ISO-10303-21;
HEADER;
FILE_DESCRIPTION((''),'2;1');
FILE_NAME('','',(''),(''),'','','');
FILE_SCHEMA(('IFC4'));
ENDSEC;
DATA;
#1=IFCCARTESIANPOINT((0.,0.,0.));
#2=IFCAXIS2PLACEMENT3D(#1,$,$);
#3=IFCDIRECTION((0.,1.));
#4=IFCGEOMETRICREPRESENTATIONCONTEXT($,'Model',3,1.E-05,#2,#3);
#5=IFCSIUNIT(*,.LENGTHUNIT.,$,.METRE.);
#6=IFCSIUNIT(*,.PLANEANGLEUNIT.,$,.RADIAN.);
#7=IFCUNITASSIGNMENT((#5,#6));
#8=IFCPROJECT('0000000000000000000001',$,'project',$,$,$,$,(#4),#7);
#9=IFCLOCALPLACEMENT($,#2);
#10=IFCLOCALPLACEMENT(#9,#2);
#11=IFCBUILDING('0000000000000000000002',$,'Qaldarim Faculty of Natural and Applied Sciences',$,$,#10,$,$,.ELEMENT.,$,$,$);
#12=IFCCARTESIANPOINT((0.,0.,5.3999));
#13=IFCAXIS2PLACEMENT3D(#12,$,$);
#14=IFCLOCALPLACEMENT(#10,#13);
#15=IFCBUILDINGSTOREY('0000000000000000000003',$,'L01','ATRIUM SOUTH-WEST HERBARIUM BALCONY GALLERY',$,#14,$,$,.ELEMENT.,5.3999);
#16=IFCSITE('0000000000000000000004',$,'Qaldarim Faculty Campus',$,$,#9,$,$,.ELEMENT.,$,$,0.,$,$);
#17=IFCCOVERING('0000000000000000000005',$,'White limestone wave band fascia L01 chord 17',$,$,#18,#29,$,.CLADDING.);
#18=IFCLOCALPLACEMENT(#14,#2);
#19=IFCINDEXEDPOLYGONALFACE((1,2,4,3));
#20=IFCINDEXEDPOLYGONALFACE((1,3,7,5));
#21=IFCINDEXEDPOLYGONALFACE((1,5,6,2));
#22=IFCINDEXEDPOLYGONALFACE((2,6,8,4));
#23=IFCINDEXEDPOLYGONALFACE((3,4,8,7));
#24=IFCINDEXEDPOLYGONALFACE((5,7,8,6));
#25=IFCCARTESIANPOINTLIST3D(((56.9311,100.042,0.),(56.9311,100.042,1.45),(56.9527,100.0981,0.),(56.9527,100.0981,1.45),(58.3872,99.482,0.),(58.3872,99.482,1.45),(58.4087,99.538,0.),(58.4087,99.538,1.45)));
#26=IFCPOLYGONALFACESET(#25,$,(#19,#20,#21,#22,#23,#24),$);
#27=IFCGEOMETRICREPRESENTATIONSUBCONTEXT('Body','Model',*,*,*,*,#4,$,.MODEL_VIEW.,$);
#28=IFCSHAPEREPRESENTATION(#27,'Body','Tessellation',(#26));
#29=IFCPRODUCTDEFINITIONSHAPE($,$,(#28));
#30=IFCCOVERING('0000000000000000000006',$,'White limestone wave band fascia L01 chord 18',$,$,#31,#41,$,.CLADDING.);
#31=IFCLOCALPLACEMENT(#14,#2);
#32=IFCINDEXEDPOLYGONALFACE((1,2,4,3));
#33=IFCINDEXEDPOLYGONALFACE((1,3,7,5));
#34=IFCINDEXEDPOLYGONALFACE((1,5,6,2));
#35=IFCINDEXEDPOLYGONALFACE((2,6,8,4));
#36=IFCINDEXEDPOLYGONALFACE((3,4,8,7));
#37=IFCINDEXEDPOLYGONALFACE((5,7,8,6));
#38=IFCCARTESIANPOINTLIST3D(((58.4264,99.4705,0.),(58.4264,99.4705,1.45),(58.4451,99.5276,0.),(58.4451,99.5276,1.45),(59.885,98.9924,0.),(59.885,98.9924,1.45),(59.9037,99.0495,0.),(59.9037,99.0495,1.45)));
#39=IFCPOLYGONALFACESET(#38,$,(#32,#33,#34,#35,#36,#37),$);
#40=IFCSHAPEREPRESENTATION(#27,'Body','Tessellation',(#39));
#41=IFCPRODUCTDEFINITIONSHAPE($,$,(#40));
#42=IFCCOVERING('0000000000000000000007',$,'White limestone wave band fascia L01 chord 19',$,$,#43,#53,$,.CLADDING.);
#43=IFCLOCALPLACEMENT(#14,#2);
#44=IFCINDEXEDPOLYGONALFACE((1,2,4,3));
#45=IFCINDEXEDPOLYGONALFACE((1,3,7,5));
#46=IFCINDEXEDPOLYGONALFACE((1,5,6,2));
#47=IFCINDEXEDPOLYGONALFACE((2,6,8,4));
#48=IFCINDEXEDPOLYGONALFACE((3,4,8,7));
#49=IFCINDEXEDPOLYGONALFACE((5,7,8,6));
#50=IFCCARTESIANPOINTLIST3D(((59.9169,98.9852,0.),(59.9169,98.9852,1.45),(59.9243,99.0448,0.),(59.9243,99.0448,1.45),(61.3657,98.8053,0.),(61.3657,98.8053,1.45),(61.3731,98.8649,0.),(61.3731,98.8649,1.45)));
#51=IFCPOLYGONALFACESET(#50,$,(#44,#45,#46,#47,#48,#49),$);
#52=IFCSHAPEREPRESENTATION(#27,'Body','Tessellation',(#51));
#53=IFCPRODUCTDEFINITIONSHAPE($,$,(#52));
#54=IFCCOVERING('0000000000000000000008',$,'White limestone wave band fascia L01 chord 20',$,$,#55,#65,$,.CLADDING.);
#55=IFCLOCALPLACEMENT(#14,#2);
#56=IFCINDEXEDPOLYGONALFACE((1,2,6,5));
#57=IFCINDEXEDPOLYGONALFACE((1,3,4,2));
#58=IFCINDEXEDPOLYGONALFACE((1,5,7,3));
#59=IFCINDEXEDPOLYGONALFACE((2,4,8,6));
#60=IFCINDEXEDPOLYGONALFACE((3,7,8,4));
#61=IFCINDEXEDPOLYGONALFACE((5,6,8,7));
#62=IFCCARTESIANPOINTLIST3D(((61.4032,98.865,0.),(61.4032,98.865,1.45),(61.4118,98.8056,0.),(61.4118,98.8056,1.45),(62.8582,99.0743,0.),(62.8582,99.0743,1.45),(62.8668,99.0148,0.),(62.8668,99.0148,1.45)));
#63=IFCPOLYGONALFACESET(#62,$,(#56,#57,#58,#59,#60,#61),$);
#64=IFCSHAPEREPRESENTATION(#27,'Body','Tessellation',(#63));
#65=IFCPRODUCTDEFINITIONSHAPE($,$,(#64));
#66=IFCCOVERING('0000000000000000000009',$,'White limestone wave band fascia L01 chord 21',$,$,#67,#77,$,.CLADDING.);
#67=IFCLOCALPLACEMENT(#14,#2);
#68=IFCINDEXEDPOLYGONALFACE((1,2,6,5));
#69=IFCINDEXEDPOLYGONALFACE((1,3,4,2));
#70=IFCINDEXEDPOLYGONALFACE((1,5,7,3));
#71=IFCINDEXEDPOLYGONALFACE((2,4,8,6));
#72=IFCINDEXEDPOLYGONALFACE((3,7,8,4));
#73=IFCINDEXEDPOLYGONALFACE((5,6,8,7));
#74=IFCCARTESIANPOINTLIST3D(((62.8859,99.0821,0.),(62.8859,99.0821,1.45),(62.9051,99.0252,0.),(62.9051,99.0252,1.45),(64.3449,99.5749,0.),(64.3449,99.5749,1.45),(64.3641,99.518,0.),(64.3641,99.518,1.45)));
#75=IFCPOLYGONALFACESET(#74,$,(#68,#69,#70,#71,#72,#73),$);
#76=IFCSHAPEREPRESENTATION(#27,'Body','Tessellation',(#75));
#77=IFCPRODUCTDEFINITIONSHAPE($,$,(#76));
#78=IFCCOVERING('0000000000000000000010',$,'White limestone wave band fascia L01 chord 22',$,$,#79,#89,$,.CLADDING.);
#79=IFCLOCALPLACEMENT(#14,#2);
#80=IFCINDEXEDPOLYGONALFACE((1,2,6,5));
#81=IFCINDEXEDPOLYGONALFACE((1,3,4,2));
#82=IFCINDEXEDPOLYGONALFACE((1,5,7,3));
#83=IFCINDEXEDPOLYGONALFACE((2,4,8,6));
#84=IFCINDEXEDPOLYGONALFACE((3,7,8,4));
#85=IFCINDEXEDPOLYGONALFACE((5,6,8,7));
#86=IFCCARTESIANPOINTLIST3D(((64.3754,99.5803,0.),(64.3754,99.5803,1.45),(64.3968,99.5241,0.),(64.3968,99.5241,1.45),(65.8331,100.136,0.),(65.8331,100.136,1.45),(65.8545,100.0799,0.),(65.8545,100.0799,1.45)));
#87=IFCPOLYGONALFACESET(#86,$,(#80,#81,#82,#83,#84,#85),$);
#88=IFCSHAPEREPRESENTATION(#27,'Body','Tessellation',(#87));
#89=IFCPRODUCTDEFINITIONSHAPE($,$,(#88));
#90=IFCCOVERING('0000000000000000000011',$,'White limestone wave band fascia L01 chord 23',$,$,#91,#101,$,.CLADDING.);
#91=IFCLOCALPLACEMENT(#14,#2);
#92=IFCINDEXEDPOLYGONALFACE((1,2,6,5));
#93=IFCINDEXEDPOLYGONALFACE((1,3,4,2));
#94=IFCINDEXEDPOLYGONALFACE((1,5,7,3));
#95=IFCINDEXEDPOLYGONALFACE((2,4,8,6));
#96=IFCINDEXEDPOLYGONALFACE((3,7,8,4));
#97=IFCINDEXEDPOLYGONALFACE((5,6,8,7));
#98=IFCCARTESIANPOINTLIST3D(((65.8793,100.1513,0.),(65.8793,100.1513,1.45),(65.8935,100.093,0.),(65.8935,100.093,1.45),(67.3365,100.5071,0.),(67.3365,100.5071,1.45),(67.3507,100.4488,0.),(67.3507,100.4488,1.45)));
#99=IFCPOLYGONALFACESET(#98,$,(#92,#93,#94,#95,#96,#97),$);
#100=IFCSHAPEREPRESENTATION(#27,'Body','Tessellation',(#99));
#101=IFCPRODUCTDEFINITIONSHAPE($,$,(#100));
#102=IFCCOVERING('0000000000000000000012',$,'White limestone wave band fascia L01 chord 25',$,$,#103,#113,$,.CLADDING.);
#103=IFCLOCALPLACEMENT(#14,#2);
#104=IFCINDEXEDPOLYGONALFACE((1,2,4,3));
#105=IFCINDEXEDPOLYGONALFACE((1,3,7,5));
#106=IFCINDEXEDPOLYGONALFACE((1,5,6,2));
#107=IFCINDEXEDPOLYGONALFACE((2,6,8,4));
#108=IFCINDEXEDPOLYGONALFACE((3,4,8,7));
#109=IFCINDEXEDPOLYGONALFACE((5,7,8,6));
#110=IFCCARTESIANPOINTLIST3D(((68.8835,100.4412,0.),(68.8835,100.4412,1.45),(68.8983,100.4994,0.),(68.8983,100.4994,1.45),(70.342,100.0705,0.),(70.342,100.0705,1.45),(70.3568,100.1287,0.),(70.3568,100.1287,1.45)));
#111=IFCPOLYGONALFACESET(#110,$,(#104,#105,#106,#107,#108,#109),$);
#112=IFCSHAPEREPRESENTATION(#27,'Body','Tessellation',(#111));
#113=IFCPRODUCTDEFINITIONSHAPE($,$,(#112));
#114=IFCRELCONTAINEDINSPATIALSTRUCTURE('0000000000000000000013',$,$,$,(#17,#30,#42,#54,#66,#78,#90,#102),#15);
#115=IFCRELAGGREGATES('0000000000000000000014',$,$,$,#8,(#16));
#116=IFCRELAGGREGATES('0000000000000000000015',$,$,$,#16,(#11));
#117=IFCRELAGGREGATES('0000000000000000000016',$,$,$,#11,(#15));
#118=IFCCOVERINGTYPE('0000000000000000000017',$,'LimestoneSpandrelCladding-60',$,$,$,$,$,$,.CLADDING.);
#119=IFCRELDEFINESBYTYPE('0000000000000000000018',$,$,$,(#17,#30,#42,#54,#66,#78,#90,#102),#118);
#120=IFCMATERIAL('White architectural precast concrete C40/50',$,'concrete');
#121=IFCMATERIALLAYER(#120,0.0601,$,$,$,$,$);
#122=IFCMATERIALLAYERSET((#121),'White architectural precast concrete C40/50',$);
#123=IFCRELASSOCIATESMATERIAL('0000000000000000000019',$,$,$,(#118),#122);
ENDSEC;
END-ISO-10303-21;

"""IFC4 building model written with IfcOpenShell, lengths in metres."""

from ifc_helpers import new_model, si_unit, direction, frame, origin, origin_2d, place, context, subcontext, project, spatial, rectangle, extrude, material, layer, layer_set, type_object, element, save


model = new_model("IFC4")

# Units and contexts
model_context = context("Model", 3, precision=1e-05, world=origin(), true_north=direction((0.0, 1.0)))
body_context = subcontext(model_context, "Body", "Model", "MODEL_VIEW")
ifc_project = project(units=[si_unit("LENGTHUNIT", "METRE"), si_unit("PLANEANGLEUNIT", "RADIAN")], contexts=[model_context])

# Site, building, storey
site_placement = place(None, origin())
site = spatial("IfcSite", under=ifc_project, at=site_placement, Name="Qaldarim Faculty Campus", CompositionType="ELEMENT", RefElevation=0.0)
building_placement = place(site_placement, origin())
building = spatial("IfcBuilding", under=site, at=building_placement, Name="Qaldarim Faculty of Natural and Applied Sciences", CompositionType="ELEMENT")
storey_placement = place(building_placement, frame((0.0, 0.0, 5.3999)))
storey = spatial("IfcBuildingStorey", under=building, at=storey_placement, Name="L01", Description="ATRIUM SOUTH-WEST HERBARIUM BALCONY GALLERY", CompositionType="ELEMENT", Elevation=5.3999)

# Shared definitions
ifc_material_1 = material(Name="White architectural precast concrete C40/50", Category="concrete")

# Coverings
ifc_layer_1 = layer(ifc_material_1, 0.0601)
ifc_layer_set_1 = layer_set([ifc_layer_1], Name="White architectural precast concrete C40/50")
covering_type = type_object("IfcCoveringType", Name="LimestoneSpandrelCladding-60", PredefinedType="CLADDING", material=ifc_layer_set_1)
covering_1_placement = place(storey_placement, frame((57.6699, 99.79, 0.0), z_axis=(0.0, 0.0, 1.0), x_axis=(0.933343, -0.358987, 0.0)))
element("IfcCovering", 1, at=covering_1_placement, inside=storey, type_object=covering_type, Name="White limestone wave band fascia L01 chord 17", PredefinedType="CLADDING", context=body_context, shape_type="SweptSolid", body=[
    extrude(rectangle(XDim=1.5601, YDim=0.0601, at=origin_2d()), origin(), (0.0, 0.0, 1.0), 1.45),
])
covering_2_placement = place(storey_placement, frame((59.165, 99.26, 0.0), z_axis=(0.0, 0.0, 1.0), x_axis=(0.950261, -0.311456, 0.0)))
element("IfcCovering", 2, at=covering_2_placement, inside=storey, type_object=covering_type, Name="White limestone wave band fascia L01 chord 18", PredefinedType="CLADDING", context=body_context, shape_type="SweptSolid", body=[
    extrude(rectangle(XDim=1.5349, YDim=0.0601, at=origin_2d()), origin(), (0.0, 0.0, 1.0), 1.45),
])
covering_3_placement = place(storey_placement, frame((60.645, 98.925, 0.0), z_axis=(0.0, 0.0, 1.0), x_axis=(0.992379, -0.12322, 0.0)))
element("IfcCovering", 3, at=covering_3_placement, inside=storey, type_object=covering_type, Name="White limestone wave band fascia L01 chord 19", PredefinedType="CLADDING", context=body_context, shape_type="SweptSolid", body=[
    extrude(rectangle(XDim=1.46, YDim=0.0601, at=origin_2d()), origin(), (0.0, 0.0, 1.0), 1.45),
])
covering_4_placement = place(storey_placement, frame((62.135, 98.9399, 0.0), z_axis=(0.0, 0.0, 1.0), x_axis=(0.989816, 0.142353, 0.0)))
element("IfcCovering", 4, at=covering_4_placement, inside=storey, type_object=covering_type, Name="White limestone wave band fascia L01 chord 20", PredefinedType="CLADDING", context=body_context, shape_type="SweptSolid", body=[
    extrude(rectangle(XDim=1.47, YDim=0.0601, at=origin_2d()), origin(), (0.0, 0.0, 1.0), 1.45),
])
covering_5_placement = place(storey_placement, frame((63.625, 99.3, 0.0), z_axis=(0.0, 0.0, 1.0), x_axis=(0.947406, 0.320034, 0.0)))
element("IfcCovering", 5, at=covering_5_placement, inside=storey, type_object=covering_type, Name="White limestone wave band fascia L01 chord 21", PredefinedType="CLADDING", context=body_context, shape_type="SweptSolid", body=[
    extrude(rectangle(XDim=1.54, YDim=0.0601, at=origin_2d()), origin(), (0.0, 0.0, 1.0), 1.45),
])
covering_6_placement = place(storey_placement, frame((65.115, 99.8301, 0.0), z_axis=(0.0, 0.0, 1.0), x_axis=(0.934391, 0.356249, 0.0)))
element("IfcCovering", 6, at=covering_6_placement, inside=storey, type_object=covering_type, Name="White limestone wave band fascia L01 chord 22", PredefinedType="CLADDING", context=body_context, shape_type="SweptSolid", body=[
    extrude(rectangle(XDim=1.5601, YDim=0.0601, at=origin_2d()), origin(), (0.0, 0.0, 1.0), 1.45),
])
covering_7_placement = place(storey_placement, frame((66.615, 100.3, 0.0), z_axis=(0.0, 0.0, 1.0), x_axis=(0.971466, 0.237177, 0.0)))
element("IfcCovering", 7, at=covering_7_placement, inside=storey, type_object=covering_type, Name="White limestone wave band fascia L01 chord 23", PredefinedType="CLADDING", context=body_context, shape_type="SweptSolid", body=[
    extrude(rectangle(XDim=1.5, YDim=0.0601, at=origin_2d()), origin(), (0.0, 0.0, 1.0), 1.45),
])
covering_8_placement = place(storey_placement, frame((69.6201, 100.2849, 0.0), z_axis=(0.0, 0.0, 1.0), x_axis=(0.969184, -0.246339, 0.0)))
element("IfcCovering", 8, at=covering_8_placement, inside=storey, type_object=covering_type, Name="White limestone wave band fascia L01 chord 25", PredefinedType="CLADDING", context=body_context, shape_type="SweptSolid", body=[
    extrude(rectangle(XDim=1.5049, YDim=0.0601, at=origin_2d()), origin(), (0.0, 0.0, 1.0), 1.45),
])

save(model, "model.ifc")
